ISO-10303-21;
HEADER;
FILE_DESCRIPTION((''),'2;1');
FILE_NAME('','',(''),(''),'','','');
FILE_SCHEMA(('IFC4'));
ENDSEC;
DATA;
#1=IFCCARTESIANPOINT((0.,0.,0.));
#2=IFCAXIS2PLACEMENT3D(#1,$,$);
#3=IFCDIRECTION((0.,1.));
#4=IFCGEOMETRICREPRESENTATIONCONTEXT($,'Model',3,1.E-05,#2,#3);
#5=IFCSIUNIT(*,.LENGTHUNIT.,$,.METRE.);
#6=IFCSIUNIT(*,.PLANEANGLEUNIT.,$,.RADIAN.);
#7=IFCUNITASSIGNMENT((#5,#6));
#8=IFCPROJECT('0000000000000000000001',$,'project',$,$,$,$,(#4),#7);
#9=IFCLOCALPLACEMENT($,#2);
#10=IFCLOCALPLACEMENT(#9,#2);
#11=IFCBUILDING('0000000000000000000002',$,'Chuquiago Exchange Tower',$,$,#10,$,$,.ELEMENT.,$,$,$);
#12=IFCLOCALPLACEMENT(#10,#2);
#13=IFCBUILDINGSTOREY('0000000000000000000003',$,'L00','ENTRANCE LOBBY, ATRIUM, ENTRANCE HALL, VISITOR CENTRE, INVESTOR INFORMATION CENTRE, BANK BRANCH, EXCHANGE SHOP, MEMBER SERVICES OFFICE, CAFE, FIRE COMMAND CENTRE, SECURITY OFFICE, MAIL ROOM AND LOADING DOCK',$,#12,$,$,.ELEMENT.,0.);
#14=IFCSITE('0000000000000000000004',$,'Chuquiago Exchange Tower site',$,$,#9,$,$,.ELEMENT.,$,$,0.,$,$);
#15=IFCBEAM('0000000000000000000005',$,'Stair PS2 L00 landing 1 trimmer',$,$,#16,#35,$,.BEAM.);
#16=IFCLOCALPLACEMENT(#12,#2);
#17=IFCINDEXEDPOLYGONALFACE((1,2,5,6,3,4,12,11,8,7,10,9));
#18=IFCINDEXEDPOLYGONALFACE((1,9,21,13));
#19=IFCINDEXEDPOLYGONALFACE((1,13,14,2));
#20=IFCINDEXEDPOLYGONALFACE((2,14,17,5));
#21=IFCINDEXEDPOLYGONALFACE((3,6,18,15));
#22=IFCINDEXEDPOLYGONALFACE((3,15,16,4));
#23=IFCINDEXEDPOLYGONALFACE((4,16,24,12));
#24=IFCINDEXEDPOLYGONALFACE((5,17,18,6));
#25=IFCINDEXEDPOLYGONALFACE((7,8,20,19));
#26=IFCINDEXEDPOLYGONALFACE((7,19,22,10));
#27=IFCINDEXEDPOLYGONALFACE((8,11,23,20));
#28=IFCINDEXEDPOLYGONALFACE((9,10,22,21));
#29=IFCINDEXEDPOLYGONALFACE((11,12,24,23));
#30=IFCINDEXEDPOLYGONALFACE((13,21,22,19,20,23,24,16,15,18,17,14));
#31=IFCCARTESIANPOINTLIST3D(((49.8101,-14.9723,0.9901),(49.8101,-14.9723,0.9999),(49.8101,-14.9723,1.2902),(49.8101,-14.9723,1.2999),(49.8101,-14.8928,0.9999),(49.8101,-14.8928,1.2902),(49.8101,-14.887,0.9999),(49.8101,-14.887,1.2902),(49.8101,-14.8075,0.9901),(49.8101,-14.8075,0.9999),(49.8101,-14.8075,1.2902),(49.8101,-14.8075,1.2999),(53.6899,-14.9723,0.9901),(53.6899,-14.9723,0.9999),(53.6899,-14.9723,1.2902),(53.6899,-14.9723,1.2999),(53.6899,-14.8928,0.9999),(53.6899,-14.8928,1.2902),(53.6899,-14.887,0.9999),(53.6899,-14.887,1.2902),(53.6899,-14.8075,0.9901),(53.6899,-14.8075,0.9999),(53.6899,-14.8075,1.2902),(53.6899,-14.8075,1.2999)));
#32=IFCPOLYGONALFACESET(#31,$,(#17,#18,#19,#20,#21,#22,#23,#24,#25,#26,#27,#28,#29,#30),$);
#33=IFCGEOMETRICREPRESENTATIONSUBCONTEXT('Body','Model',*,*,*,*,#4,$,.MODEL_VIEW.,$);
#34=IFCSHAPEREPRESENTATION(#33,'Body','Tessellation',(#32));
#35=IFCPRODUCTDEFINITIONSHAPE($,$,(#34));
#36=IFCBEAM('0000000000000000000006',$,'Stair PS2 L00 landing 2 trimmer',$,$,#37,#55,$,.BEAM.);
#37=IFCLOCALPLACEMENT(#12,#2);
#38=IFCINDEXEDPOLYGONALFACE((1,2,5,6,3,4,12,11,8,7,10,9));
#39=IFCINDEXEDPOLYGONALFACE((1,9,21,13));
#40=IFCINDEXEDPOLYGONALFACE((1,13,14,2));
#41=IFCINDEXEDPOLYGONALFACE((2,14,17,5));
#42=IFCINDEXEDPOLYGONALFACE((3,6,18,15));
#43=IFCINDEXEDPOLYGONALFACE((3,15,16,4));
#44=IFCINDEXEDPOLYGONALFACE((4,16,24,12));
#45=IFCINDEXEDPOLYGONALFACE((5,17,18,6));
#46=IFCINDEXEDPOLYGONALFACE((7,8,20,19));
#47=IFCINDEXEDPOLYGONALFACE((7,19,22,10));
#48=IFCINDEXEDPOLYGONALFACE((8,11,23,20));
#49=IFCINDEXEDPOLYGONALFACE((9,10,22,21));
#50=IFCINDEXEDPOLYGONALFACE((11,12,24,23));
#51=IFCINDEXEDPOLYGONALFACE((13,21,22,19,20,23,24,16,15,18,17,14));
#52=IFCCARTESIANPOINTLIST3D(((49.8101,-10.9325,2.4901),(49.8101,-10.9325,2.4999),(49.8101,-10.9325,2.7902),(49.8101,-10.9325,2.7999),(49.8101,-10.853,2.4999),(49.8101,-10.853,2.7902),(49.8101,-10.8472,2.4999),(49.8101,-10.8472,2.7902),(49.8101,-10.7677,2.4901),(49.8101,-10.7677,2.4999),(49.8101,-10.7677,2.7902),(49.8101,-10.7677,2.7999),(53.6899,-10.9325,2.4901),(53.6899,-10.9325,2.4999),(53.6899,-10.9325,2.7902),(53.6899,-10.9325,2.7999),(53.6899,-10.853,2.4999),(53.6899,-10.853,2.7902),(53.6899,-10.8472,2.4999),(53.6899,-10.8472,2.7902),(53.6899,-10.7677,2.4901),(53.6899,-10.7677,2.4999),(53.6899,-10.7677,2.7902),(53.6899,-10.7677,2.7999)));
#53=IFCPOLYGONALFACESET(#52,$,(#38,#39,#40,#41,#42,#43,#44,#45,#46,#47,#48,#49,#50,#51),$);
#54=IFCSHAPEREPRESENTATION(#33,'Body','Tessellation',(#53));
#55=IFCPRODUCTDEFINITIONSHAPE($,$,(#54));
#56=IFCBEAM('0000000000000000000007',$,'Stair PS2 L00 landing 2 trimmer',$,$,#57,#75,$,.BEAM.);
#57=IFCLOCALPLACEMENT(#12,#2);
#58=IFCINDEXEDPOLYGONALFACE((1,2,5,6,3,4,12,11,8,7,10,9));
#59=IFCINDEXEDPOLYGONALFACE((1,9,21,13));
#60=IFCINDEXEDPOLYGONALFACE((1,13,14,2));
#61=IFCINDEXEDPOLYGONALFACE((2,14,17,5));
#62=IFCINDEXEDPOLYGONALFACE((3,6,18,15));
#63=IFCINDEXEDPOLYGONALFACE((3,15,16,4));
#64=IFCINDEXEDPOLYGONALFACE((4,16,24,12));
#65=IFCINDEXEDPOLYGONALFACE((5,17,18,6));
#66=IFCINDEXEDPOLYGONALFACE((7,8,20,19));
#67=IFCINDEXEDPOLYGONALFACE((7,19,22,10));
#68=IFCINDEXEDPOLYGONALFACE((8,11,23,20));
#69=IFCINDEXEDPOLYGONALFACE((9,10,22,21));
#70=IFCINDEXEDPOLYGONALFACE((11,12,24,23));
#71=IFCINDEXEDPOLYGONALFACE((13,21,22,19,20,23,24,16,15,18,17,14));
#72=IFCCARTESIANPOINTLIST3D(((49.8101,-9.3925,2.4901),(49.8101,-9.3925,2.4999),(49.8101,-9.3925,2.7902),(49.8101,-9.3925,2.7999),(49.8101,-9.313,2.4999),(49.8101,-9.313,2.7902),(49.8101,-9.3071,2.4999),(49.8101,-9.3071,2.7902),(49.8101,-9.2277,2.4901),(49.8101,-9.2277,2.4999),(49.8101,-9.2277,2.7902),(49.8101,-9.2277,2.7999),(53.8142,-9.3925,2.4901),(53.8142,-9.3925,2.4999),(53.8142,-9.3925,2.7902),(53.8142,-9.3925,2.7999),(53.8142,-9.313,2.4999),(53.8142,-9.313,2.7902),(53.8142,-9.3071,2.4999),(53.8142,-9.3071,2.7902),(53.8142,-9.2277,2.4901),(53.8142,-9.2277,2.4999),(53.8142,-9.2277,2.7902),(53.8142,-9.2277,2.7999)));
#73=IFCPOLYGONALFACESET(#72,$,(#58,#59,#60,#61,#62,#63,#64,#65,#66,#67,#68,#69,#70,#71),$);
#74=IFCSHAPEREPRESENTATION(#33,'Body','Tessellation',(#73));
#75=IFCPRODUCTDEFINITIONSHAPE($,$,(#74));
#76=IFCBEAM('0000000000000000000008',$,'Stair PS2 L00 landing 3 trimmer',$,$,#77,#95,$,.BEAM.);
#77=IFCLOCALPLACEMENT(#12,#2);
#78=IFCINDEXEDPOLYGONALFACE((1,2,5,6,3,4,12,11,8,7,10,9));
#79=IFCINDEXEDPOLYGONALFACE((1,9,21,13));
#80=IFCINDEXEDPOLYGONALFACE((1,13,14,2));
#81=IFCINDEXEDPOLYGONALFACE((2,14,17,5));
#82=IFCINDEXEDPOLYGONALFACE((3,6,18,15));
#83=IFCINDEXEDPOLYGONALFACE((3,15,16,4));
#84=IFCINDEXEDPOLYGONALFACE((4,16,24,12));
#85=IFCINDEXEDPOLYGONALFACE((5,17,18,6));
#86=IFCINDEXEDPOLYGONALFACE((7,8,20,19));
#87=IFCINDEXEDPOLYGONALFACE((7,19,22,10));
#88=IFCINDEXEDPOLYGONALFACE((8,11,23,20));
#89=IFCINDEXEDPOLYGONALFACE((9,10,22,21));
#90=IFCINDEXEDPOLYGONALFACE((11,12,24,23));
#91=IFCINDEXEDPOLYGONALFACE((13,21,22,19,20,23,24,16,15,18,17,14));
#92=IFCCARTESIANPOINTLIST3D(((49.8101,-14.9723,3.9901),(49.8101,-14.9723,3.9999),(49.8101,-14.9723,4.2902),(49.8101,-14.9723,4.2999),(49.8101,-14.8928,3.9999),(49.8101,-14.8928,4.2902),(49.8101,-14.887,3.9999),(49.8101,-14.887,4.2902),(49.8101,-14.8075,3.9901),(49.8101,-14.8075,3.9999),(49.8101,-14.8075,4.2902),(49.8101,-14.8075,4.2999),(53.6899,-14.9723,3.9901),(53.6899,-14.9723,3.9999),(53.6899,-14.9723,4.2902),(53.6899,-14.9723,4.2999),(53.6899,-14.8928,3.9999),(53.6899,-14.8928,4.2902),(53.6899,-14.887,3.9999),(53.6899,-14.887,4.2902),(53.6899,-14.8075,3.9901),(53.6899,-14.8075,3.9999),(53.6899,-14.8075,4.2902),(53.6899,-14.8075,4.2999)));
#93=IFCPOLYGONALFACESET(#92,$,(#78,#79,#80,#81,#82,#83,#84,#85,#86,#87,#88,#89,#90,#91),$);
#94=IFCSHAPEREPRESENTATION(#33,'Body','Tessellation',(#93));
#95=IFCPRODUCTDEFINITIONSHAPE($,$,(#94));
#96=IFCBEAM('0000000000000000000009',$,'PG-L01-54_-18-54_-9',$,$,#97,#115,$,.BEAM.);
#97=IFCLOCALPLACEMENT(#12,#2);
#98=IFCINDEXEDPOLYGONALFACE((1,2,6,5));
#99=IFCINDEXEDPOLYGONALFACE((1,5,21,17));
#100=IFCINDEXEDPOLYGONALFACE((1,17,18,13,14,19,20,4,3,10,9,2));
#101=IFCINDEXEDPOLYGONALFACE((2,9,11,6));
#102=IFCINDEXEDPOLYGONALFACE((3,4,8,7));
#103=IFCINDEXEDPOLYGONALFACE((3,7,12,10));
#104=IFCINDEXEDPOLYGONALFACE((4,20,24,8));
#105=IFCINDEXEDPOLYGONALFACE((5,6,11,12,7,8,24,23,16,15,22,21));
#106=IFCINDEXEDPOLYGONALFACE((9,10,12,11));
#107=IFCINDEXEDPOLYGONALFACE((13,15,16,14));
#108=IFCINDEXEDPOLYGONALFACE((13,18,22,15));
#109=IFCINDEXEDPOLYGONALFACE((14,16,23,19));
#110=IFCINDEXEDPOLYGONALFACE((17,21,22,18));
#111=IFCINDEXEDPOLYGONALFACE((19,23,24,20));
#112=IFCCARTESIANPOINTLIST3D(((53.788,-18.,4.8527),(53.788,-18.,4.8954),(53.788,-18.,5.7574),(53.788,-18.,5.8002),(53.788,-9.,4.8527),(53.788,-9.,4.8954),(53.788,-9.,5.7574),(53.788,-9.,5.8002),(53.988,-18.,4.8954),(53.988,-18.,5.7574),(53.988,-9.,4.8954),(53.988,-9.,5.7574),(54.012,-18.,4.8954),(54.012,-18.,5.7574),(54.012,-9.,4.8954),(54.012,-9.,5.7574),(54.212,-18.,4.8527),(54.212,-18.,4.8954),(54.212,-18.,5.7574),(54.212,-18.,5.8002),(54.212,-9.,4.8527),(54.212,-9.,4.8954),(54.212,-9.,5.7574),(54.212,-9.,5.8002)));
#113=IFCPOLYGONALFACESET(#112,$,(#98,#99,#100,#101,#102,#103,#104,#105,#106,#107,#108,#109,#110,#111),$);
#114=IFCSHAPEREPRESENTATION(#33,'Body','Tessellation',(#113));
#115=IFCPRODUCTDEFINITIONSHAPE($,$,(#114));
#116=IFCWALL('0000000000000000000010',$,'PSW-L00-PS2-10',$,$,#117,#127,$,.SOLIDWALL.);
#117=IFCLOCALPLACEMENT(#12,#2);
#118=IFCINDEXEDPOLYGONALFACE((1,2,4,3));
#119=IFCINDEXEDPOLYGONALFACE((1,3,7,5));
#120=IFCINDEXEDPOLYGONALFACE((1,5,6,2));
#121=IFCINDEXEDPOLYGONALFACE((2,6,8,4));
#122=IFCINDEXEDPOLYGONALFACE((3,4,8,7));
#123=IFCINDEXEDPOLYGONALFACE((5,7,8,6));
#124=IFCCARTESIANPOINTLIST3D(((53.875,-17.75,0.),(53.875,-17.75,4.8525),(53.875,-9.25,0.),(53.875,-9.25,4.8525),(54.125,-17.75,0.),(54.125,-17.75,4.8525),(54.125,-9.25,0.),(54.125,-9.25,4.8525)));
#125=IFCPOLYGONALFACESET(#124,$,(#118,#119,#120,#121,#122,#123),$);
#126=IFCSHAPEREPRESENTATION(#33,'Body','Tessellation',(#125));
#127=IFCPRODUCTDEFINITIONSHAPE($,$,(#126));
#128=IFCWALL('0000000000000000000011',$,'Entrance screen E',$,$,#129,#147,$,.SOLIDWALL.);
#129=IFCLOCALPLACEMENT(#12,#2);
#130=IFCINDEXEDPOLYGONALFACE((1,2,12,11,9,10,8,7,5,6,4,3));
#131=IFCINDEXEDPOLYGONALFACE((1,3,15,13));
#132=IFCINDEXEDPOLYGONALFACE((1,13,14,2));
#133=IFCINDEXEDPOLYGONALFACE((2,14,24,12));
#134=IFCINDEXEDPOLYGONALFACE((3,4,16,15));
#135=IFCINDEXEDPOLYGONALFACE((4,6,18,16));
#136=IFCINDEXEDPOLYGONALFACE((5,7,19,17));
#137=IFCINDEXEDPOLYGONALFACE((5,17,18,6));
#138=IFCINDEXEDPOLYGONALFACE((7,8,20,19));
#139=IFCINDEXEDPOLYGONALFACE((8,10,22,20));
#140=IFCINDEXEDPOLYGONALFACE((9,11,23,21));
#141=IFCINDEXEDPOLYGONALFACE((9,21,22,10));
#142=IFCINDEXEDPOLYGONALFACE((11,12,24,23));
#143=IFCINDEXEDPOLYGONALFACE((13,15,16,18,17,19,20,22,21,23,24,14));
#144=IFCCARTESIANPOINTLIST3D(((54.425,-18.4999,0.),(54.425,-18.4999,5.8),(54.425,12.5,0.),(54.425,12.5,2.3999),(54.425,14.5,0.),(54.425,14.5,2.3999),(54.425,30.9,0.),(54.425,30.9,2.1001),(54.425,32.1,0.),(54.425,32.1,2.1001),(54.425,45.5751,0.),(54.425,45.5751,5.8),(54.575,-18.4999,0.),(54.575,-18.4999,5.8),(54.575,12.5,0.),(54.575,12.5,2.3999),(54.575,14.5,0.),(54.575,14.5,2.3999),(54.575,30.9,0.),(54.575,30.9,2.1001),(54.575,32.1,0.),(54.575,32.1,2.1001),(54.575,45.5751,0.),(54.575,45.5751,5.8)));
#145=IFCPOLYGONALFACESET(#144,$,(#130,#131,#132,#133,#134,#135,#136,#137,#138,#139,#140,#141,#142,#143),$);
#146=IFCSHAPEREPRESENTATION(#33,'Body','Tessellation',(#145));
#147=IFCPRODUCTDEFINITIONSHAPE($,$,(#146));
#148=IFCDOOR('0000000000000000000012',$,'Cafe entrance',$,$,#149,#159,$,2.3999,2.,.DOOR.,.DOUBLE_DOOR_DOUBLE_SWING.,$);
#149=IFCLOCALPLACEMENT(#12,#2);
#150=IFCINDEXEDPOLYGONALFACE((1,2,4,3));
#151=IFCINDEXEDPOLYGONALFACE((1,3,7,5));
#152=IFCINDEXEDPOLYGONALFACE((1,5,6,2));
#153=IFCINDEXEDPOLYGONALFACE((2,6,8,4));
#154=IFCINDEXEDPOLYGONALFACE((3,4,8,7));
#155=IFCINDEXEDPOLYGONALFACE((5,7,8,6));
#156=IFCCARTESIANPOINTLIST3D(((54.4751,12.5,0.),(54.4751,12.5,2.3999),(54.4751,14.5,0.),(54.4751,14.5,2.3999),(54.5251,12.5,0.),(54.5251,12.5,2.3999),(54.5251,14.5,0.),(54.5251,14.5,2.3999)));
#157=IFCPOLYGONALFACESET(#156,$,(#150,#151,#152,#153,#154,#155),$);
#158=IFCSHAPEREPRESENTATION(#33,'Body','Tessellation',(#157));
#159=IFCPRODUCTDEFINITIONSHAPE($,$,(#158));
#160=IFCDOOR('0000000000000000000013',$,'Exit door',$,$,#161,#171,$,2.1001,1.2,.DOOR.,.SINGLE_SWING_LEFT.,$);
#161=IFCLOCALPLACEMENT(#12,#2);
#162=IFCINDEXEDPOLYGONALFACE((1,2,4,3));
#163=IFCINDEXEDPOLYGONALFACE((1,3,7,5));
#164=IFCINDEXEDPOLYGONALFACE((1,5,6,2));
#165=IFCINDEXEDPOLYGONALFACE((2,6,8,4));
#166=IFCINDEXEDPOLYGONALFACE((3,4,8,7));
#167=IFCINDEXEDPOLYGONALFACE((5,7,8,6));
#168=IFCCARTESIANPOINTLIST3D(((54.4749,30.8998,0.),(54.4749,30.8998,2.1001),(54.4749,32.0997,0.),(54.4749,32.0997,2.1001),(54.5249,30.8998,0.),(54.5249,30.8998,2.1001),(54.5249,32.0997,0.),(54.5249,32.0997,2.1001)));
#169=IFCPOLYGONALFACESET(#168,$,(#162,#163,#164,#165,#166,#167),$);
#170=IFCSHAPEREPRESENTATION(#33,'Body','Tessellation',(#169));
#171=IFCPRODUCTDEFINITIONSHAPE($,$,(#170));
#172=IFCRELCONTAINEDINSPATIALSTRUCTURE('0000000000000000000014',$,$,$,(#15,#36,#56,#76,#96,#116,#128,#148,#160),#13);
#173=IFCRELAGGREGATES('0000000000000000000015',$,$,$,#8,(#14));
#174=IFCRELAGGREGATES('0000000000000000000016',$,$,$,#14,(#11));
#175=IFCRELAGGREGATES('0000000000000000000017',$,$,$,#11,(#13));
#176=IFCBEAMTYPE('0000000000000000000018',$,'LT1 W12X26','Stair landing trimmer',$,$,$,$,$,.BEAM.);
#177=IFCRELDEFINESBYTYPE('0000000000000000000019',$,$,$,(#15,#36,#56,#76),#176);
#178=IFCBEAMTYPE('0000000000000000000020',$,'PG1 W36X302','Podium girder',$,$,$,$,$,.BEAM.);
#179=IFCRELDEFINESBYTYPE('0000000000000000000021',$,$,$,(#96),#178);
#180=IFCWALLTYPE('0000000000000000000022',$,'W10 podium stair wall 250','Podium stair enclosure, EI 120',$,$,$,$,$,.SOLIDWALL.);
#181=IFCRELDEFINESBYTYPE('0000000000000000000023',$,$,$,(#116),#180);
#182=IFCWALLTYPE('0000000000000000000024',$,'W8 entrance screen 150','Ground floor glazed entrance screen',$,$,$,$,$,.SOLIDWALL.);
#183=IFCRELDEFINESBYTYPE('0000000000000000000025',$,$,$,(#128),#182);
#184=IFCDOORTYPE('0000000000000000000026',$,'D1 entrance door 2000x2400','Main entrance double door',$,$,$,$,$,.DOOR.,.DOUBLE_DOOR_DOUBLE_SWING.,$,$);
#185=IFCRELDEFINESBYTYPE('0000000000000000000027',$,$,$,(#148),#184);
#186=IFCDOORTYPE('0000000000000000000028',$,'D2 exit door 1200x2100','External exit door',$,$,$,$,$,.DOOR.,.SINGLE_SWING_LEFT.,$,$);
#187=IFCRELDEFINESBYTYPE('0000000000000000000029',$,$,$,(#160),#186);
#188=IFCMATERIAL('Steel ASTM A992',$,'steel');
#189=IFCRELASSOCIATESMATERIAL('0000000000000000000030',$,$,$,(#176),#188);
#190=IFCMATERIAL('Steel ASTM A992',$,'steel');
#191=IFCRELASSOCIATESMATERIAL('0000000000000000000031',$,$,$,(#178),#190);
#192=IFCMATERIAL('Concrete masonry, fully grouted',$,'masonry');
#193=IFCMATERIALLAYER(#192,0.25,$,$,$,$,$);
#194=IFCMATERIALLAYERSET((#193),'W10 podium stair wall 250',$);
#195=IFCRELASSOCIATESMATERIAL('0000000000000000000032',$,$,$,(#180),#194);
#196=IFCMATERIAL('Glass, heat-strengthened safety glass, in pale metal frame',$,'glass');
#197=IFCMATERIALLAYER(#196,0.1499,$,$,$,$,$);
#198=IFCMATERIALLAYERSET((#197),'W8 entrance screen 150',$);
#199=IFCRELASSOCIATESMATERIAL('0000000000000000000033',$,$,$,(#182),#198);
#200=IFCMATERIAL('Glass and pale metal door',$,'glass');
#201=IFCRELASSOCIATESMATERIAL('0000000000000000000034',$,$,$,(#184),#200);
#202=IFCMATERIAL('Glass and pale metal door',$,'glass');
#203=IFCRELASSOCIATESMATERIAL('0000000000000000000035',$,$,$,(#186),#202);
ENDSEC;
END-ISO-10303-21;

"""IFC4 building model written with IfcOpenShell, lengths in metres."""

from ifc_helpers import new_model, si_unit, direction, frame, frame_2d, origin, origin_2d, place, context, subcontext, project, spatial, rectangle, i_section, extrude, material, layer, layer_set, material_profile, profile_set, type_object, element, fill, save


model = new_model("IFC4")

# Units and contexts
model_context = context("Model", 3, precision=1e-05, world=origin(), true_north=direction((0.0, 1.0)))
body_context = subcontext(model_context, "Body", "Model", "MODEL_VIEW")
ifc_project = project(units=[si_unit("LENGTHUNIT", "METRE"), si_unit("PLANEANGLEUNIT", "RADIAN")], contexts=[model_context])

# Site, building, storey
site_placement = place(None, origin())
site = spatial("IfcSite", under=ifc_project, at=site_placement, Name="Chuquiago Exchange Tower site", CompositionType="ELEMENT", RefElevation=0.0)
building_placement = place(site_placement, origin())
building = spatial("IfcBuilding", under=site, at=building_placement, Name="Chuquiago Exchange Tower", CompositionType="ELEMENT")
storey_placement = place(building_placement, origin())
storey = spatial("IfcBuildingStorey", under=building, at=storey_placement, Name="L00", Description="ENTRANCE LOBBY, ATRIUM, ENTRANCE HALL, VISITOR CENTRE, INVESTOR INFORMATION CENTRE, BANK BRANCH, EXCHANGE SHOP, MEMBER SERVICES OFFICE, CAFE, FIRE COMMAND CENTRE, SECURITY OFFICE, MAIL ROOM AND LOADING DOCK", CompositionType="ELEMENT", Elevation=0.0)

# Beams
ifc_material_1 = material(Name="Steel ASTM A992", Category="steel")
ifc_material_profile_1 = material_profile(ifc_material_1, i_section(OverallWidth=0.1648, OverallDepth=0.3098, WebThickness=0.0059, FlangeThickness=0.0098, at=origin_2d()), Name="W12X26")
ifc_profile_set_1 = profile_set([ifc_material_profile_1], Name="Steel ASTM A992")
beam_type_1 = type_object("IfcBeamType", Name="LT1 W12X26", Description="Stair landing trimmer", PredefinedType="BEAM", material=ifc_profile_set_1)
for number, where, z_axis, x_axis, name in (
    (1, (49.8101, -14.8899, 1.145), (1.0, 0.0, 0.0), (0.0, 1.0, 0.0), "Stair PS2 L00 landing 1 trimmer"),
    (2, (49.8101, -10.8501, 2.645), (1.0, 0.0, 0.0), (0.0, 1.0, 0.0), "Stair PS2 L00 landing 2 trimmer"),
):
    element("IfcBeam", number, at=place(storey_placement, frame(where, z_axis=z_axis, x_axis=x_axis)), inside=storey, type_object=beam_type_1, Name=name, PredefinedType="BEAM", context=body_context, shape_type="SweptSolid", body=[
        extrude(i_section(OverallWidth=0.1648, OverallDepth=0.3098, WebThickness=0.0059, FlangeThickness=0.0098, at=origin_2d()), origin(), (0.0, 0.0, 1.0), 3.8799),
    ])
beam_1_placement = place(storey_placement, frame((49.8101, -9.3101, 2.645), z_axis=(1.0, 0.0, 0.0), x_axis=(0.0, 1.0, 0.0)))
element("IfcBeam", 3, at=beam_1_placement, inside=storey, type_object=beam_type_1, Name="Stair PS2 L00 landing 2 trimmer", PredefinedType="BEAM", context=body_context, shape_type="SweptSolid", body=[
    extrude(i_section(OverallWidth=0.1648, OverallDepth=0.3098, WebThickness=0.0059, FlangeThickness=0.0098, at=origin_2d()), origin(), (0.0, 0.0, 1.0), 4.0042),
])
beam_2_placement = place(storey_placement, frame((49.8101, -14.8899, 4.145), z_axis=(1.0, 0.0, 0.0), x_axis=(0.0, 1.0, 0.0)))
element("IfcBeam", 4, at=beam_2_placement, inside=storey, type_object=beam_type_1, Name="Stair PS2 L00 landing 3 trimmer", PredefinedType="BEAM", context=body_context, shape_type="SweptSolid", body=[
    extrude(i_section(OverallWidth=0.1648, OverallDepth=0.3098, WebThickness=0.0059, FlangeThickness=0.0098, at=origin_2d()), origin(), (0.0, 0.0, 1.0), 3.8799),
])
ifc_material_2 = material(Name="Steel ASTM A992", Category="steel")
ifc_material_profile_2 = material_profile(ifc_material_2, i_section(OverallWidth=0.4241, OverallDepth=0.9475, WebThickness=0.0239, FlangeThickness=0.0427, at=origin_2d()), Name="W36X302")
ifc_profile_set_2 = profile_set([ifc_material_profile_2], Name="Steel ASTM A992")
beam_type_2 = type_object("IfcBeamType", Name="PG1 W36X302", Description="Podium girder", PredefinedType="BEAM", material=ifc_profile_set_2)
beam_3_placement = place(storey_placement, frame((54.0, -18.0, 5.3264), z_axis=(0.0, 1.0, 0.0), x_axis=(-1.0, 0.0, 0.0)))
element("IfcBeam", 5, at=beam_3_placement, inside=storey, type_object=beam_type_2, Name="PG-L01-54_-18-54_-9", PredefinedType="BEAM", context=body_context, shape_type="SweptSolid", body=[
    extrude(i_section(OverallWidth=0.4241, OverallDepth=0.9475, WebThickness=0.0239, FlangeThickness=0.0427, at=origin_2d()), origin(), (0.0, 0.0, 1.0), 9.0),
])

# Wall
ifc_material_3 = material(Name="Concrete masonry, fully grouted", Category="masonry")
ifc_layer_1 = layer(ifc_material_3, 0.25)
ifc_layer_set_1 = layer_set([ifc_layer_1], Name="W10 podium stair wall 250")
wall_type_1 = type_object("IfcWallType", Name="W10 podium stair wall 250", Description="Podium stair enclosure, EI 120", PredefinedType="SOLIDWALL", material=ifc_layer_set_1)
wall_1_placement = place(storey_placement, frame((54.0, -17.75, 0.0), z_axis=(0.0, 0.0, 1.0), x_axis=(0.0, 1.0, 0.0)))
element("IfcWall", 6, at=wall_1_placement, inside=storey, type_object=wall_type_1, Name="PSW-L00-PS2-10", PredefinedType="SOLIDWALL", context=body_context, shape_type="SweptSolid", body=[
    extrude(rectangle(XDim=8.5, YDim=0.25, at=frame_2d((4.25, 0.0))), origin(), (0.0, 0.0, 1.0), 4.8525),
])

# Wall, openings, doors
ifc_material_4 = material(Name="Glass, heat-strengthened safety glass, in pale metal frame", Category="glass")
ifc_layer_2 = layer(ifc_material_4, 0.1499)
ifc_layer_set_2 = layer_set([ifc_layer_2], Name="W8 entrance screen 150")
wall_type_2 = type_object("IfcWallType", Name="W8 entrance screen 150", Description="Ground floor glazed entrance screen", PredefinedType="SOLIDWALL", material=ifc_layer_set_2)
wall_2_placement = place(storey_placement, frame((54.5, -18.5, 0.0), z_axis=(0.0, 0.0, 1.0), x_axis=(0.0, 1.0, 0.0)))
wall_2 = element("IfcWall", 7, at=wall_2_placement, inside=storey, type_object=wall_type_2, Name="Entrance screen E", PredefinedType="SOLIDWALL", context=body_context, shape_type="SweptSolid", body=[
    extrude(rectangle(XDim=64.075, YDim=0.1499, at=frame_2d((32.0376, 0.0))), origin(), (0.0, 0.0, 1.0), 5.8),
])
opening_1_placement = place(wall_2_placement, frame((31.0, 0.0, 0.0)))
opening_1 = element("IfcOpeningElement", 8, at=opening_1_placement, cuts=wall_2, PredefinedType="OPENING", context=body_context, shape_type="SweptSolid", body=[
    extrude(rectangle(XDim=2.0, YDim=2.3999, at=frame_2d((1.0, 1.2))), frame((0.0, 0.085, 0.0), z_axis=(0.0, -1.0, 0.0), x_axis=(1.0, 0.0, 0.0)), (0.0, 0.0, 1.0), 0.1699),
])
opening_2_placement = place(wall_2_placement, frame((49.3999, 0.0, 0.0)))
opening_2 = element("IfcOpeningElement", 9, at=opening_2_placement, cuts=wall_2, PredefinedType="OPENING", context=body_context, shape_type="SweptSolid", body=[
    extrude(rectangle(XDim=1.2, YDim=2.1001, at=frame_2d((0.6001, 1.05))), frame((0.0, 0.085, 0.0), z_axis=(0.0, -1.0, 0.0), x_axis=(1.0, 0.0, 0.0)), (0.0, 0.0, 1.0), 0.1699),
])
ifc_material_5 = material(Name="Glass and pale metal door", Category="glass")
door_type_1 = type_object("IfcDoorType", Name="D1 entrance door 2000x2400", Description="Main entrance double door", OperationType="DOUBLE_DOOR_DOUBLE_SWING", PredefinedType="DOOR", material=ifc_material_5)
door_1_placement = place(opening_1_placement, origin())
door_1 = element("IfcDoor", 10, at=door_1_placement, inside=storey, type_object=door_type_1, Name="Cafe entrance", OperationType="DOUBLE_DOOR_DOUBLE_SWING", OverallHeight=2.3999, OverallWidth=2.0, PredefinedType="DOOR", context=body_context, shape_type="SweptSolid", body=[
    extrude(rectangle(XDim=2.0, YDim=2.3999, at=frame_2d((1.0, 1.2))), frame((0.0, 0.0249, 0.0), z_axis=(0.0, -1.0, 0.0), x_axis=(1.0, 0.0, 0.0)), (0.0, 0.0, 1.0), 0.05),
])
fill(opening_1, door_1)
ifc_material_6 = material(Name="Glass and pale metal door", Category="glass")
door_type_2 = type_object("IfcDoorType", Name="D2 exit door 1200x2100", Description="External exit door", OperationType="SINGLE_SWING_LEFT", PredefinedType="DOOR", material=ifc_material_6)
door_2_placement = place(opening_2_placement, frame((1.2, 0.0, 0.0), z_axis=(0.0, 0.0, 1.0), x_axis=(-1.0, 0.0, 0.0)))
door_2 = element("IfcDoor", 11, at=door_2_placement, inside=storey, type_object=door_type_2, Name="Exit door", OperationType="SINGLE_SWING_LEFT", OverallHeight=2.1001, OverallWidth=1.2, PredefinedType="DOOR", context=body_context, shape_type="SweptSolid", body=[
    extrude(rectangle(XDim=1.2, YDim=2.1001, at=frame_2d((0.6001, 1.05))), frame((0.0, 0.0249, 0.0), z_axis=(0.0, -1.0, 0.0), x_axis=(1.0, 0.0, 0.0)), (0.0, 0.0, 1.0), 0.05),
])
fill(opening_2, door_2)

save(model, "model.ifc")
